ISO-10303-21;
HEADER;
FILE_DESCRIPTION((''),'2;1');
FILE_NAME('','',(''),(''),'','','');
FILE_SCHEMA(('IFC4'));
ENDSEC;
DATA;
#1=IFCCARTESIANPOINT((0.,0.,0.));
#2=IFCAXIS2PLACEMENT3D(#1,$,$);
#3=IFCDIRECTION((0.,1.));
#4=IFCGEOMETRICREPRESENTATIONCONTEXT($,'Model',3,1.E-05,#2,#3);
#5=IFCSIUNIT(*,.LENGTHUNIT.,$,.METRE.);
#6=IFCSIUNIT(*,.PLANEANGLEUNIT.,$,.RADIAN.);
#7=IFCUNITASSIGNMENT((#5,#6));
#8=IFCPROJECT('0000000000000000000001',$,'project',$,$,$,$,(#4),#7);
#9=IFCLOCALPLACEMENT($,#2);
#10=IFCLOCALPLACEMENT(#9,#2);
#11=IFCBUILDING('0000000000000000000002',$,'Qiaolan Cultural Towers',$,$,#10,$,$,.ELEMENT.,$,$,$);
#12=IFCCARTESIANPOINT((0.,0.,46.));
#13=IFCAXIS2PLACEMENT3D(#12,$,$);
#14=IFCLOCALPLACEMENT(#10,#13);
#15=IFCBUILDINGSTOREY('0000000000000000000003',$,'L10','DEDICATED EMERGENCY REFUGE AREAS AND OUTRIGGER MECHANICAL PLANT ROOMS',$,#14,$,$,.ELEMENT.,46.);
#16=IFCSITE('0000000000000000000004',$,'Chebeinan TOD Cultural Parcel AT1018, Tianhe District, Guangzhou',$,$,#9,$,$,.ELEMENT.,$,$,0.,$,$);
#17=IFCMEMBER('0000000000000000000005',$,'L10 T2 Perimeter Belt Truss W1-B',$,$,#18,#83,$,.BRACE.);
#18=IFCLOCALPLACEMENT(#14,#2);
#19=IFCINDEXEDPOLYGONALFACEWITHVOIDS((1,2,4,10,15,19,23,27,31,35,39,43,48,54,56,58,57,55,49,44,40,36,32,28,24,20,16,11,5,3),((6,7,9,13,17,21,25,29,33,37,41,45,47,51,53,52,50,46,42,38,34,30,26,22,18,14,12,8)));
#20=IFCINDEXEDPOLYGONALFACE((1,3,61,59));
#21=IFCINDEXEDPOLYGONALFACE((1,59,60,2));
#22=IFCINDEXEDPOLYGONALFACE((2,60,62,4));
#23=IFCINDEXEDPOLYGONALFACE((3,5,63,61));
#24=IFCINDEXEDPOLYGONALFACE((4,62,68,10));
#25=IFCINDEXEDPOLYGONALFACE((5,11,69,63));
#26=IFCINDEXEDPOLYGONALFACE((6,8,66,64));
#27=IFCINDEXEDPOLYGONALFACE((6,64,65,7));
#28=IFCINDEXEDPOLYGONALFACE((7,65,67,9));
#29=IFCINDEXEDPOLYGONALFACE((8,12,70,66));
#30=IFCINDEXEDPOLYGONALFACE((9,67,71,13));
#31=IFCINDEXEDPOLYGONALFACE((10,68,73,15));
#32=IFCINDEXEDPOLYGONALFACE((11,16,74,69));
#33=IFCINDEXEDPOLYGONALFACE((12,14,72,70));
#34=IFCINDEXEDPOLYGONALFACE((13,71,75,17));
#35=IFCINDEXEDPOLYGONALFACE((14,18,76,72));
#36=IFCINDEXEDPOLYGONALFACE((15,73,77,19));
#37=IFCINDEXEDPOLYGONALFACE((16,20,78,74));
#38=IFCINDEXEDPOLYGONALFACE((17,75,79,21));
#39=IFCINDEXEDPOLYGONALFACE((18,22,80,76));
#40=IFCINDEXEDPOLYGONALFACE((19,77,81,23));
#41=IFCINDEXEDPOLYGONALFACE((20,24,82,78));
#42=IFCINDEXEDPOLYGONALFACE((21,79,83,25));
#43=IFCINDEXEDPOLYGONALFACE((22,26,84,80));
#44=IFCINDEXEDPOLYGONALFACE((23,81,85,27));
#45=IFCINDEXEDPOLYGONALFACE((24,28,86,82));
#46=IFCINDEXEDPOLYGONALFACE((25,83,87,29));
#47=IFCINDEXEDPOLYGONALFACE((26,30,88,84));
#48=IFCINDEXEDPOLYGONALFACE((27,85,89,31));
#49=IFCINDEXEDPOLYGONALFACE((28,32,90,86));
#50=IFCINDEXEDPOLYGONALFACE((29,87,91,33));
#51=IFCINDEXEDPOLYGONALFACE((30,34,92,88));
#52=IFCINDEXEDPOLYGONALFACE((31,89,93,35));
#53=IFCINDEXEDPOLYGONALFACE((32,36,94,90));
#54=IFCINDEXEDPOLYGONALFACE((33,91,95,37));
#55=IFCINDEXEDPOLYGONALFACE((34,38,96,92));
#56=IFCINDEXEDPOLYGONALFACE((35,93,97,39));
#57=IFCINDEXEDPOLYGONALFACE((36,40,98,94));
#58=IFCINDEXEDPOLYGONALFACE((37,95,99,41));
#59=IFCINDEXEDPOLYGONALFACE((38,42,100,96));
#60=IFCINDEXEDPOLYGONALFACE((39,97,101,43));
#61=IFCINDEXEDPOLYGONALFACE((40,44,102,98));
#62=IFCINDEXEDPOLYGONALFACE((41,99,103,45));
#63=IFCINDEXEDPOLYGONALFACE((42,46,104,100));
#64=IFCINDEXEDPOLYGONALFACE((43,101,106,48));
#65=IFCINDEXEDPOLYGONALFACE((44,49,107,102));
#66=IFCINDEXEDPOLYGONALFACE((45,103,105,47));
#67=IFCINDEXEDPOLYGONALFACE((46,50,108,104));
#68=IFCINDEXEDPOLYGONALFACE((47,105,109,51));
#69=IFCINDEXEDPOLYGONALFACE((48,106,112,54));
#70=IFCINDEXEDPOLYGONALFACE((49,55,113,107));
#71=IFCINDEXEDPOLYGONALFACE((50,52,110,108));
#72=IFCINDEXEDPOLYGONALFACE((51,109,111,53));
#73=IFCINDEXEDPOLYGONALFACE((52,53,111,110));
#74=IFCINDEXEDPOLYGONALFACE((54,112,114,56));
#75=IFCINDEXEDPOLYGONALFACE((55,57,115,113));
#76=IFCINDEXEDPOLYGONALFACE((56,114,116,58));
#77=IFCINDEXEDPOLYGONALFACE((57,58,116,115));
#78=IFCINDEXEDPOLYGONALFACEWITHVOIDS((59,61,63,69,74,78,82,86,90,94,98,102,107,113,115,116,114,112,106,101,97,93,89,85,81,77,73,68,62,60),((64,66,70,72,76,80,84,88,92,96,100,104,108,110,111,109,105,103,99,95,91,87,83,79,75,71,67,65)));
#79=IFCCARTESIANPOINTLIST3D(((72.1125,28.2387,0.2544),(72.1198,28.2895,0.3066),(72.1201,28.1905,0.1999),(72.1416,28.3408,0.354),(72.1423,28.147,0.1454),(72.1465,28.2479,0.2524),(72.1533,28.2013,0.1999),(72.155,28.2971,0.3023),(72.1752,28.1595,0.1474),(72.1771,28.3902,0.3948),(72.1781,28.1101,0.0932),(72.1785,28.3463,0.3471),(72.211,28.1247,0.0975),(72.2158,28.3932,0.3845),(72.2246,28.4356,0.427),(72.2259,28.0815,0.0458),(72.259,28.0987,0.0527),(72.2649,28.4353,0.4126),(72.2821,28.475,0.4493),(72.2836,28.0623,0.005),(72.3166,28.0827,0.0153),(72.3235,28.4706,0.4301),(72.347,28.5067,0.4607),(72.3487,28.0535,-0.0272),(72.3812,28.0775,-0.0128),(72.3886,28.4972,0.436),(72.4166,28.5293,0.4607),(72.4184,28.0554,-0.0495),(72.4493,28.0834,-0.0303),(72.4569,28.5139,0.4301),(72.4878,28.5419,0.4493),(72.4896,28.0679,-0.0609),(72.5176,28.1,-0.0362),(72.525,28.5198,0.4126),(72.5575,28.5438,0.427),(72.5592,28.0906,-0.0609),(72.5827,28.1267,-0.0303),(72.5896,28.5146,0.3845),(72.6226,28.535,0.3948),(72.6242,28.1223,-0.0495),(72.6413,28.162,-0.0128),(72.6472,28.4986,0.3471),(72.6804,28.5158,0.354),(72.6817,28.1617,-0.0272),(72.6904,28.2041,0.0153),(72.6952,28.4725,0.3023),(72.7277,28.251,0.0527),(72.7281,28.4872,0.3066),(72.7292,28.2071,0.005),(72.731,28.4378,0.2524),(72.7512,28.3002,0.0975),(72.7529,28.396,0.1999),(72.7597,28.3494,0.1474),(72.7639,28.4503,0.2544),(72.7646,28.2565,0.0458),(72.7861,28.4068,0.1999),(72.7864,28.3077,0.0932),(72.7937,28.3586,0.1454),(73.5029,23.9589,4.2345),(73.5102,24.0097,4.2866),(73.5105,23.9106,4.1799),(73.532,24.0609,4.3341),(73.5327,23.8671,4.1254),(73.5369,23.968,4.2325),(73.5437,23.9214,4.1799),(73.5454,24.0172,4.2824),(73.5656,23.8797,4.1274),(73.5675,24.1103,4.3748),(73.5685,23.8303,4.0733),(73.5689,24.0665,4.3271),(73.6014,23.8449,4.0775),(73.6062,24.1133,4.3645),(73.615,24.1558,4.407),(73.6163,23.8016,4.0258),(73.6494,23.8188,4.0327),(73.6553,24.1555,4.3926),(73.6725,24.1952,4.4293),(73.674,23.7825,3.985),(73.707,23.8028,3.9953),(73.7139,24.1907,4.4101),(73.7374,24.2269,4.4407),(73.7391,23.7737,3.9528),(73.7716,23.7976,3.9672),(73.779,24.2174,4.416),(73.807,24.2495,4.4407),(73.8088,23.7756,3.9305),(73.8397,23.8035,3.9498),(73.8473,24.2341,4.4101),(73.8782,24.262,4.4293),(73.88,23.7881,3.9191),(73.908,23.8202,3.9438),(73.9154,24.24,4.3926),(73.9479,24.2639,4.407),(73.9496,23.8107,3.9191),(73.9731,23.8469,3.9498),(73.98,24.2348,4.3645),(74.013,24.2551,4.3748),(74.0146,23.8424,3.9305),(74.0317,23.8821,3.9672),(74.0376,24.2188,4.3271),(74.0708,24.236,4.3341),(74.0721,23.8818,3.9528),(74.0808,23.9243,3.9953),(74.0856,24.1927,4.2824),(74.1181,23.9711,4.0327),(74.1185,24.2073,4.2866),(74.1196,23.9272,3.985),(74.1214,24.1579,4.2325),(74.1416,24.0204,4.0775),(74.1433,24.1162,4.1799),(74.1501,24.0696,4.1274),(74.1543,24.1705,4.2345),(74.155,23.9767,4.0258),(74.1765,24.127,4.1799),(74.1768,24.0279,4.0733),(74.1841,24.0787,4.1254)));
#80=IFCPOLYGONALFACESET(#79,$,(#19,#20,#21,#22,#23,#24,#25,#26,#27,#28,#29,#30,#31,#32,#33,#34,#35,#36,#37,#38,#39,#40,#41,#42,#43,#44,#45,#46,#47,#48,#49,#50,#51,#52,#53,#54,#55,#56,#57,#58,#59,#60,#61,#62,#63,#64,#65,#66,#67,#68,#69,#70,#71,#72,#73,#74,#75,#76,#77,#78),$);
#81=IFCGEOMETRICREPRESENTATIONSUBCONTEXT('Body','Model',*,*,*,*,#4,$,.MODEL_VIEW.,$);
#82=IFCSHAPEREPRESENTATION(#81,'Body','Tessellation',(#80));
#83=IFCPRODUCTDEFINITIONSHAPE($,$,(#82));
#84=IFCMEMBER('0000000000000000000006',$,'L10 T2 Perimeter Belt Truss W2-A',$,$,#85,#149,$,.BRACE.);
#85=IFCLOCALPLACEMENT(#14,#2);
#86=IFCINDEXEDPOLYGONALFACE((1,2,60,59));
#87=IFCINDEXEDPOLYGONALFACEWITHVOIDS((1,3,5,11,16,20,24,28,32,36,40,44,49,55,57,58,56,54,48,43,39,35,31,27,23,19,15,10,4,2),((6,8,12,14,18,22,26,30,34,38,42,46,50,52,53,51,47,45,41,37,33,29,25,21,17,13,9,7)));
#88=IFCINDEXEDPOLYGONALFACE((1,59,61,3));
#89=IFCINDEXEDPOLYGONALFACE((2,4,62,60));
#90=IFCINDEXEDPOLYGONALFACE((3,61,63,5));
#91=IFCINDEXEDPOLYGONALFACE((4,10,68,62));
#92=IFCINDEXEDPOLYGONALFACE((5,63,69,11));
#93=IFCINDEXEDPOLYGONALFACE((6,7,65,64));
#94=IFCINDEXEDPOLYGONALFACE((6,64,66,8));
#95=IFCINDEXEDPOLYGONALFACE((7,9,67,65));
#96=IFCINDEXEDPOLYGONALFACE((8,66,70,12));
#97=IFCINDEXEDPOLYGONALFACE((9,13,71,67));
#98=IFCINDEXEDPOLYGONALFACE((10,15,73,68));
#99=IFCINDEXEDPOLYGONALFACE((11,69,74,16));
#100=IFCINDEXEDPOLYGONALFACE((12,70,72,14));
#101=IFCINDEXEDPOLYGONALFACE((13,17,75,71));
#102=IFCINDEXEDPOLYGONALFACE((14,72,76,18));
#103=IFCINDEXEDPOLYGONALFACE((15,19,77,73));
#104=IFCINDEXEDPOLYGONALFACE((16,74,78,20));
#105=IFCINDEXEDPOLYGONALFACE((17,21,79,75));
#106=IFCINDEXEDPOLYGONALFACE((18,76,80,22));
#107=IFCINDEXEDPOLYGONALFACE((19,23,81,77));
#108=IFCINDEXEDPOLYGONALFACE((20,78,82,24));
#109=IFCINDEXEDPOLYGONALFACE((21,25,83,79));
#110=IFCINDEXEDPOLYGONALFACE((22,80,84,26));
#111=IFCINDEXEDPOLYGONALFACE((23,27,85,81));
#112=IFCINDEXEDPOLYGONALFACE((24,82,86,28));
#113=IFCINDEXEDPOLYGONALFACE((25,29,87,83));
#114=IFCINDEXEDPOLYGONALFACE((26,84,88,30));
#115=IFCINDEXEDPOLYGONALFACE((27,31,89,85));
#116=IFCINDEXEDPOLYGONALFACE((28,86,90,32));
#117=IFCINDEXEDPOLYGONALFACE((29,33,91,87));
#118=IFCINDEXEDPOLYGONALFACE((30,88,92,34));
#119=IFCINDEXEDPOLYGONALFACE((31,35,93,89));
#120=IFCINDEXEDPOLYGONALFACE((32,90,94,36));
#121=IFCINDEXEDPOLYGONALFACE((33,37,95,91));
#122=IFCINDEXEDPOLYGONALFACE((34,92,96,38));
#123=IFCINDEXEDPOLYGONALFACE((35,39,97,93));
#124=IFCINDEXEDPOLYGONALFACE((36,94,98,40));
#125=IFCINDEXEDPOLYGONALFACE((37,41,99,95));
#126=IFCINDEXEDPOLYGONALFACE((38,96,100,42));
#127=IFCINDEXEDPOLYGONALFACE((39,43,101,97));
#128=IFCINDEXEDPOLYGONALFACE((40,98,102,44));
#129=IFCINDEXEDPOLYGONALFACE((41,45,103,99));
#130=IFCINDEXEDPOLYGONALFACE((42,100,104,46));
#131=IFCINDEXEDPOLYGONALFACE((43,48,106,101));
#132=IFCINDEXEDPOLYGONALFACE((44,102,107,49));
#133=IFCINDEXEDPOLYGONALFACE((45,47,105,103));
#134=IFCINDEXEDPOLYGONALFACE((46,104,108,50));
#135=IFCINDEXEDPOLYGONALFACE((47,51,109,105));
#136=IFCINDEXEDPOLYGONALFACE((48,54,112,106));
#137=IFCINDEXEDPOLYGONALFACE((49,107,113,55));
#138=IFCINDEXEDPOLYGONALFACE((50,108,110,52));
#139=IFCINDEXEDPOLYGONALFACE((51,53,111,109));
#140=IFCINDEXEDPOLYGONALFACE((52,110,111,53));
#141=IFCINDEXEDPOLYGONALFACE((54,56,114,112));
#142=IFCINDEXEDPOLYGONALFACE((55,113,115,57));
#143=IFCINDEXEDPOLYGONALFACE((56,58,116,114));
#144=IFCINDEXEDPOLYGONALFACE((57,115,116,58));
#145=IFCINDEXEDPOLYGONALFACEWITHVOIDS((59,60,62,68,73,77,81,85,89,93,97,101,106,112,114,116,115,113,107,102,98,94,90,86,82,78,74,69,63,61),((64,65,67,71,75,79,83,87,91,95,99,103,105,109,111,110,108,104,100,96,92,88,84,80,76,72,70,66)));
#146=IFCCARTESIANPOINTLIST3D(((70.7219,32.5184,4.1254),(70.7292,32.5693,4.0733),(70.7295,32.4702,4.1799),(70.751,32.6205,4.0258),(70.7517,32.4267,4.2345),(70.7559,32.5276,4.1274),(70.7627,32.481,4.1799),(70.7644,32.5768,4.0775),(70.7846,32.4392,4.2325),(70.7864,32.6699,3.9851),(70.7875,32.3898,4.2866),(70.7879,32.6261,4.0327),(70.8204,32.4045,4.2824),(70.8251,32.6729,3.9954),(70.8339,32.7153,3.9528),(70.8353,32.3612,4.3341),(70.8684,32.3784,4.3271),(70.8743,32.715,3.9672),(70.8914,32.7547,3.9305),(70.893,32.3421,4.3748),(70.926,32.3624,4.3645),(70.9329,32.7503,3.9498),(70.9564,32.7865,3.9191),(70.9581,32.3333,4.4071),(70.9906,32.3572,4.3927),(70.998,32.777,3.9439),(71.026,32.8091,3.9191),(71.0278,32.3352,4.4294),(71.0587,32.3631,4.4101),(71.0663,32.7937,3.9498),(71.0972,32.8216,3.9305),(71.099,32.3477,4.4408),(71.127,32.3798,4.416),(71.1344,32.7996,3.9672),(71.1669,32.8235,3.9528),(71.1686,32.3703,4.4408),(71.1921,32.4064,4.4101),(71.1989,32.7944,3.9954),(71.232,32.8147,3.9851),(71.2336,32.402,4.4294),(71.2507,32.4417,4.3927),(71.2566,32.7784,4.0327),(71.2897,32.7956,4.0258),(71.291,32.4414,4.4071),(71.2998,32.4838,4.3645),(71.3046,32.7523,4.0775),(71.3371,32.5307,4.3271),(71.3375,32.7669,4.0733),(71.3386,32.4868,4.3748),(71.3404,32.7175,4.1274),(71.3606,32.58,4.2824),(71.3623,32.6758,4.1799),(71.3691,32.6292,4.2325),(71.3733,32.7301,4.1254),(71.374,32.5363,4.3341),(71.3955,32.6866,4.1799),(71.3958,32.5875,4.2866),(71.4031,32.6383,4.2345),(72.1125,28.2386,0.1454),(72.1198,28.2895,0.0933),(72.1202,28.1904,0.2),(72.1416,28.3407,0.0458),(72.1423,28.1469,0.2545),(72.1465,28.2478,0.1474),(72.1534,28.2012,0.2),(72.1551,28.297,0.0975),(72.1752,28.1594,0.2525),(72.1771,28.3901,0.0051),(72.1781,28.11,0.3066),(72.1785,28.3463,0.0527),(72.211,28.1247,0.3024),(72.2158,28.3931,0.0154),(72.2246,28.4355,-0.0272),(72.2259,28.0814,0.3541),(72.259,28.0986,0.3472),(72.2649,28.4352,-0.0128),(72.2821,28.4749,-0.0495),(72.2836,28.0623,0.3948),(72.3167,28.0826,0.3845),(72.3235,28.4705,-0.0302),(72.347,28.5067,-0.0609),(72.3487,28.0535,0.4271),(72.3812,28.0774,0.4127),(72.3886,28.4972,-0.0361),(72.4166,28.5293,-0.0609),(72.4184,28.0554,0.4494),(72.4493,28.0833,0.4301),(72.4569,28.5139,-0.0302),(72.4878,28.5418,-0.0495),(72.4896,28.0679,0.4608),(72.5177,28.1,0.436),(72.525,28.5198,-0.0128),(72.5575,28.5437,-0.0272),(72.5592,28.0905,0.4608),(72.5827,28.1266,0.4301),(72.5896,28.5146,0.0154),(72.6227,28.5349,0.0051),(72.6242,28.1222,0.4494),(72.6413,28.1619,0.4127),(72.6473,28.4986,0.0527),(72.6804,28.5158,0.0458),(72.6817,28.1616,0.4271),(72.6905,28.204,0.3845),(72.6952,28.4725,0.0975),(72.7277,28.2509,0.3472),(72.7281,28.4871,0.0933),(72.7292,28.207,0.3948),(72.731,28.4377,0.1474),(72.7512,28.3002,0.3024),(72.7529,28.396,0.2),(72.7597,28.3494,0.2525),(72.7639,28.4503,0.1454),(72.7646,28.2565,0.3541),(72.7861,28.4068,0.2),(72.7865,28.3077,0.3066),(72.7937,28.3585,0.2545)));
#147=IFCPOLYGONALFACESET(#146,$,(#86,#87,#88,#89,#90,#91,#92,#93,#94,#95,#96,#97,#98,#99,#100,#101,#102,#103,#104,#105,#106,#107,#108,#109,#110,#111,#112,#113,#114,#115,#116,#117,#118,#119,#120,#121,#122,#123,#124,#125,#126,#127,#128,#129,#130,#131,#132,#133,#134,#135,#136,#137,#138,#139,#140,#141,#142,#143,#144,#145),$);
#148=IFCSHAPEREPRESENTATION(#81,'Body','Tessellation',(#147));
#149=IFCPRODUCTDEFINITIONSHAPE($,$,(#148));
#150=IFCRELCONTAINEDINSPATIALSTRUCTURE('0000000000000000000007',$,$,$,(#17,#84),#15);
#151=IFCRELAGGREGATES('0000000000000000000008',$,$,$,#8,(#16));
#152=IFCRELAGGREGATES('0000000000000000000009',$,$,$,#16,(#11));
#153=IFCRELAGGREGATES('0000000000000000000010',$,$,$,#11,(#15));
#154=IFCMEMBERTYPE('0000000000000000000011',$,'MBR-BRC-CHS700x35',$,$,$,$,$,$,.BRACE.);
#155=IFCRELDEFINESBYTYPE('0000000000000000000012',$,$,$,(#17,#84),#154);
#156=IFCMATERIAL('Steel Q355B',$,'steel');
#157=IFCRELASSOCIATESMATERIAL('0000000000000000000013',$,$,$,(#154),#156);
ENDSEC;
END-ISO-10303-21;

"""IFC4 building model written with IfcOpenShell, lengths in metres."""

from ifc_helpers import new_model, si_unit, direction, frame, origin, origin_2d, place, context, subcontext, project, spatial, hollow_circle, extrude, material, material_profile, profile_set, type_object, element, save


model = new_model("IFC4")

# Units and contexts
model_context = context("Model", 3, precision=1e-05, world=origin(), true_north=direction((0.0, 1.0)))
body_context = subcontext(model_context, "Body", "Model", "MODEL_VIEW")
ifc_project = project(units=[si_unit("LENGTHUNIT", "METRE"), si_unit("PLANEANGLEUNIT", "RADIAN")], contexts=[model_context])

# Site, building, storey
site_placement = place(None, origin())
site = spatial("IfcSite", under=ifc_project, at=site_placement, Name="Chebeinan TOD Cultural Parcel AT1018, Tianhe District, Guangzhou", CompositionType="ELEMENT", RefElevation=0.0)
building_placement = place(site_placement, origin())
building = spatial("IfcBuilding", under=site, at=building_placement, Name="Qiaolan Cultural Towers", CompositionType="ELEMENT")
storey_placement = place(building_placement, frame((0.0, 0.0, 46.0)))
storey = spatial("IfcBuildingStorey", under=building, at=storey_placement, Name="L10", Description="DEDICATED EMERGENCY REFUGE AREAS AND OUTRIGGER MECHANICAL PLANT ROOMS", CompositionType="ELEMENT", Elevation=46.0)

# Members
ifc_material_1 = material(Name="Steel Q355B", Category="steel")
ifc_material_profile_1 = material_profile(ifc_material_1, hollow_circle(Radius=0.3501, WallThickness=0.0349, at=origin_2d()), Name="CHS700x35")
ifc_profile_set_1 = profile_set([ifc_material_profile_1], Name="Steel Q355B")
member_type = type_object("IfcMemberType", Name="MBR-BRC-CHS700x35", PredefinedType="BRACE", material=ifc_profile_set_1)
for number, where, z_axis, x_axis, name in (
    (1, (73.8435, 24.0188, 4.1799), (-0.231441, 0.712408, -0.662503), (-0.95107, -0.308976, 0.0), "L10 T2 Perimeter Belt Truss W1-B"),
    (2, (72.4531, 28.2986, 0.2), (-0.23148, 0.712401, 0.662497), (-0.951054, -0.309025, 0.0), "L10 T2 Perimeter Belt Truss W2-A"),
):
    element("IfcMember", number, at=place(storey_placement, frame(where, z_axis=z_axis, x_axis=x_axis)), inside=storey, type_object=member_type, Name=name, PredefinedType="BRACE", context=body_context, shape_type="SweptSolid", body=[
        extrude(hollow_circle(Radius=0.3501, WallThickness=0.0349, at=origin_2d()), origin(), (0.0, 0.0, 1.0), 6.0076),
    ])

save(model, "model.ifc")
